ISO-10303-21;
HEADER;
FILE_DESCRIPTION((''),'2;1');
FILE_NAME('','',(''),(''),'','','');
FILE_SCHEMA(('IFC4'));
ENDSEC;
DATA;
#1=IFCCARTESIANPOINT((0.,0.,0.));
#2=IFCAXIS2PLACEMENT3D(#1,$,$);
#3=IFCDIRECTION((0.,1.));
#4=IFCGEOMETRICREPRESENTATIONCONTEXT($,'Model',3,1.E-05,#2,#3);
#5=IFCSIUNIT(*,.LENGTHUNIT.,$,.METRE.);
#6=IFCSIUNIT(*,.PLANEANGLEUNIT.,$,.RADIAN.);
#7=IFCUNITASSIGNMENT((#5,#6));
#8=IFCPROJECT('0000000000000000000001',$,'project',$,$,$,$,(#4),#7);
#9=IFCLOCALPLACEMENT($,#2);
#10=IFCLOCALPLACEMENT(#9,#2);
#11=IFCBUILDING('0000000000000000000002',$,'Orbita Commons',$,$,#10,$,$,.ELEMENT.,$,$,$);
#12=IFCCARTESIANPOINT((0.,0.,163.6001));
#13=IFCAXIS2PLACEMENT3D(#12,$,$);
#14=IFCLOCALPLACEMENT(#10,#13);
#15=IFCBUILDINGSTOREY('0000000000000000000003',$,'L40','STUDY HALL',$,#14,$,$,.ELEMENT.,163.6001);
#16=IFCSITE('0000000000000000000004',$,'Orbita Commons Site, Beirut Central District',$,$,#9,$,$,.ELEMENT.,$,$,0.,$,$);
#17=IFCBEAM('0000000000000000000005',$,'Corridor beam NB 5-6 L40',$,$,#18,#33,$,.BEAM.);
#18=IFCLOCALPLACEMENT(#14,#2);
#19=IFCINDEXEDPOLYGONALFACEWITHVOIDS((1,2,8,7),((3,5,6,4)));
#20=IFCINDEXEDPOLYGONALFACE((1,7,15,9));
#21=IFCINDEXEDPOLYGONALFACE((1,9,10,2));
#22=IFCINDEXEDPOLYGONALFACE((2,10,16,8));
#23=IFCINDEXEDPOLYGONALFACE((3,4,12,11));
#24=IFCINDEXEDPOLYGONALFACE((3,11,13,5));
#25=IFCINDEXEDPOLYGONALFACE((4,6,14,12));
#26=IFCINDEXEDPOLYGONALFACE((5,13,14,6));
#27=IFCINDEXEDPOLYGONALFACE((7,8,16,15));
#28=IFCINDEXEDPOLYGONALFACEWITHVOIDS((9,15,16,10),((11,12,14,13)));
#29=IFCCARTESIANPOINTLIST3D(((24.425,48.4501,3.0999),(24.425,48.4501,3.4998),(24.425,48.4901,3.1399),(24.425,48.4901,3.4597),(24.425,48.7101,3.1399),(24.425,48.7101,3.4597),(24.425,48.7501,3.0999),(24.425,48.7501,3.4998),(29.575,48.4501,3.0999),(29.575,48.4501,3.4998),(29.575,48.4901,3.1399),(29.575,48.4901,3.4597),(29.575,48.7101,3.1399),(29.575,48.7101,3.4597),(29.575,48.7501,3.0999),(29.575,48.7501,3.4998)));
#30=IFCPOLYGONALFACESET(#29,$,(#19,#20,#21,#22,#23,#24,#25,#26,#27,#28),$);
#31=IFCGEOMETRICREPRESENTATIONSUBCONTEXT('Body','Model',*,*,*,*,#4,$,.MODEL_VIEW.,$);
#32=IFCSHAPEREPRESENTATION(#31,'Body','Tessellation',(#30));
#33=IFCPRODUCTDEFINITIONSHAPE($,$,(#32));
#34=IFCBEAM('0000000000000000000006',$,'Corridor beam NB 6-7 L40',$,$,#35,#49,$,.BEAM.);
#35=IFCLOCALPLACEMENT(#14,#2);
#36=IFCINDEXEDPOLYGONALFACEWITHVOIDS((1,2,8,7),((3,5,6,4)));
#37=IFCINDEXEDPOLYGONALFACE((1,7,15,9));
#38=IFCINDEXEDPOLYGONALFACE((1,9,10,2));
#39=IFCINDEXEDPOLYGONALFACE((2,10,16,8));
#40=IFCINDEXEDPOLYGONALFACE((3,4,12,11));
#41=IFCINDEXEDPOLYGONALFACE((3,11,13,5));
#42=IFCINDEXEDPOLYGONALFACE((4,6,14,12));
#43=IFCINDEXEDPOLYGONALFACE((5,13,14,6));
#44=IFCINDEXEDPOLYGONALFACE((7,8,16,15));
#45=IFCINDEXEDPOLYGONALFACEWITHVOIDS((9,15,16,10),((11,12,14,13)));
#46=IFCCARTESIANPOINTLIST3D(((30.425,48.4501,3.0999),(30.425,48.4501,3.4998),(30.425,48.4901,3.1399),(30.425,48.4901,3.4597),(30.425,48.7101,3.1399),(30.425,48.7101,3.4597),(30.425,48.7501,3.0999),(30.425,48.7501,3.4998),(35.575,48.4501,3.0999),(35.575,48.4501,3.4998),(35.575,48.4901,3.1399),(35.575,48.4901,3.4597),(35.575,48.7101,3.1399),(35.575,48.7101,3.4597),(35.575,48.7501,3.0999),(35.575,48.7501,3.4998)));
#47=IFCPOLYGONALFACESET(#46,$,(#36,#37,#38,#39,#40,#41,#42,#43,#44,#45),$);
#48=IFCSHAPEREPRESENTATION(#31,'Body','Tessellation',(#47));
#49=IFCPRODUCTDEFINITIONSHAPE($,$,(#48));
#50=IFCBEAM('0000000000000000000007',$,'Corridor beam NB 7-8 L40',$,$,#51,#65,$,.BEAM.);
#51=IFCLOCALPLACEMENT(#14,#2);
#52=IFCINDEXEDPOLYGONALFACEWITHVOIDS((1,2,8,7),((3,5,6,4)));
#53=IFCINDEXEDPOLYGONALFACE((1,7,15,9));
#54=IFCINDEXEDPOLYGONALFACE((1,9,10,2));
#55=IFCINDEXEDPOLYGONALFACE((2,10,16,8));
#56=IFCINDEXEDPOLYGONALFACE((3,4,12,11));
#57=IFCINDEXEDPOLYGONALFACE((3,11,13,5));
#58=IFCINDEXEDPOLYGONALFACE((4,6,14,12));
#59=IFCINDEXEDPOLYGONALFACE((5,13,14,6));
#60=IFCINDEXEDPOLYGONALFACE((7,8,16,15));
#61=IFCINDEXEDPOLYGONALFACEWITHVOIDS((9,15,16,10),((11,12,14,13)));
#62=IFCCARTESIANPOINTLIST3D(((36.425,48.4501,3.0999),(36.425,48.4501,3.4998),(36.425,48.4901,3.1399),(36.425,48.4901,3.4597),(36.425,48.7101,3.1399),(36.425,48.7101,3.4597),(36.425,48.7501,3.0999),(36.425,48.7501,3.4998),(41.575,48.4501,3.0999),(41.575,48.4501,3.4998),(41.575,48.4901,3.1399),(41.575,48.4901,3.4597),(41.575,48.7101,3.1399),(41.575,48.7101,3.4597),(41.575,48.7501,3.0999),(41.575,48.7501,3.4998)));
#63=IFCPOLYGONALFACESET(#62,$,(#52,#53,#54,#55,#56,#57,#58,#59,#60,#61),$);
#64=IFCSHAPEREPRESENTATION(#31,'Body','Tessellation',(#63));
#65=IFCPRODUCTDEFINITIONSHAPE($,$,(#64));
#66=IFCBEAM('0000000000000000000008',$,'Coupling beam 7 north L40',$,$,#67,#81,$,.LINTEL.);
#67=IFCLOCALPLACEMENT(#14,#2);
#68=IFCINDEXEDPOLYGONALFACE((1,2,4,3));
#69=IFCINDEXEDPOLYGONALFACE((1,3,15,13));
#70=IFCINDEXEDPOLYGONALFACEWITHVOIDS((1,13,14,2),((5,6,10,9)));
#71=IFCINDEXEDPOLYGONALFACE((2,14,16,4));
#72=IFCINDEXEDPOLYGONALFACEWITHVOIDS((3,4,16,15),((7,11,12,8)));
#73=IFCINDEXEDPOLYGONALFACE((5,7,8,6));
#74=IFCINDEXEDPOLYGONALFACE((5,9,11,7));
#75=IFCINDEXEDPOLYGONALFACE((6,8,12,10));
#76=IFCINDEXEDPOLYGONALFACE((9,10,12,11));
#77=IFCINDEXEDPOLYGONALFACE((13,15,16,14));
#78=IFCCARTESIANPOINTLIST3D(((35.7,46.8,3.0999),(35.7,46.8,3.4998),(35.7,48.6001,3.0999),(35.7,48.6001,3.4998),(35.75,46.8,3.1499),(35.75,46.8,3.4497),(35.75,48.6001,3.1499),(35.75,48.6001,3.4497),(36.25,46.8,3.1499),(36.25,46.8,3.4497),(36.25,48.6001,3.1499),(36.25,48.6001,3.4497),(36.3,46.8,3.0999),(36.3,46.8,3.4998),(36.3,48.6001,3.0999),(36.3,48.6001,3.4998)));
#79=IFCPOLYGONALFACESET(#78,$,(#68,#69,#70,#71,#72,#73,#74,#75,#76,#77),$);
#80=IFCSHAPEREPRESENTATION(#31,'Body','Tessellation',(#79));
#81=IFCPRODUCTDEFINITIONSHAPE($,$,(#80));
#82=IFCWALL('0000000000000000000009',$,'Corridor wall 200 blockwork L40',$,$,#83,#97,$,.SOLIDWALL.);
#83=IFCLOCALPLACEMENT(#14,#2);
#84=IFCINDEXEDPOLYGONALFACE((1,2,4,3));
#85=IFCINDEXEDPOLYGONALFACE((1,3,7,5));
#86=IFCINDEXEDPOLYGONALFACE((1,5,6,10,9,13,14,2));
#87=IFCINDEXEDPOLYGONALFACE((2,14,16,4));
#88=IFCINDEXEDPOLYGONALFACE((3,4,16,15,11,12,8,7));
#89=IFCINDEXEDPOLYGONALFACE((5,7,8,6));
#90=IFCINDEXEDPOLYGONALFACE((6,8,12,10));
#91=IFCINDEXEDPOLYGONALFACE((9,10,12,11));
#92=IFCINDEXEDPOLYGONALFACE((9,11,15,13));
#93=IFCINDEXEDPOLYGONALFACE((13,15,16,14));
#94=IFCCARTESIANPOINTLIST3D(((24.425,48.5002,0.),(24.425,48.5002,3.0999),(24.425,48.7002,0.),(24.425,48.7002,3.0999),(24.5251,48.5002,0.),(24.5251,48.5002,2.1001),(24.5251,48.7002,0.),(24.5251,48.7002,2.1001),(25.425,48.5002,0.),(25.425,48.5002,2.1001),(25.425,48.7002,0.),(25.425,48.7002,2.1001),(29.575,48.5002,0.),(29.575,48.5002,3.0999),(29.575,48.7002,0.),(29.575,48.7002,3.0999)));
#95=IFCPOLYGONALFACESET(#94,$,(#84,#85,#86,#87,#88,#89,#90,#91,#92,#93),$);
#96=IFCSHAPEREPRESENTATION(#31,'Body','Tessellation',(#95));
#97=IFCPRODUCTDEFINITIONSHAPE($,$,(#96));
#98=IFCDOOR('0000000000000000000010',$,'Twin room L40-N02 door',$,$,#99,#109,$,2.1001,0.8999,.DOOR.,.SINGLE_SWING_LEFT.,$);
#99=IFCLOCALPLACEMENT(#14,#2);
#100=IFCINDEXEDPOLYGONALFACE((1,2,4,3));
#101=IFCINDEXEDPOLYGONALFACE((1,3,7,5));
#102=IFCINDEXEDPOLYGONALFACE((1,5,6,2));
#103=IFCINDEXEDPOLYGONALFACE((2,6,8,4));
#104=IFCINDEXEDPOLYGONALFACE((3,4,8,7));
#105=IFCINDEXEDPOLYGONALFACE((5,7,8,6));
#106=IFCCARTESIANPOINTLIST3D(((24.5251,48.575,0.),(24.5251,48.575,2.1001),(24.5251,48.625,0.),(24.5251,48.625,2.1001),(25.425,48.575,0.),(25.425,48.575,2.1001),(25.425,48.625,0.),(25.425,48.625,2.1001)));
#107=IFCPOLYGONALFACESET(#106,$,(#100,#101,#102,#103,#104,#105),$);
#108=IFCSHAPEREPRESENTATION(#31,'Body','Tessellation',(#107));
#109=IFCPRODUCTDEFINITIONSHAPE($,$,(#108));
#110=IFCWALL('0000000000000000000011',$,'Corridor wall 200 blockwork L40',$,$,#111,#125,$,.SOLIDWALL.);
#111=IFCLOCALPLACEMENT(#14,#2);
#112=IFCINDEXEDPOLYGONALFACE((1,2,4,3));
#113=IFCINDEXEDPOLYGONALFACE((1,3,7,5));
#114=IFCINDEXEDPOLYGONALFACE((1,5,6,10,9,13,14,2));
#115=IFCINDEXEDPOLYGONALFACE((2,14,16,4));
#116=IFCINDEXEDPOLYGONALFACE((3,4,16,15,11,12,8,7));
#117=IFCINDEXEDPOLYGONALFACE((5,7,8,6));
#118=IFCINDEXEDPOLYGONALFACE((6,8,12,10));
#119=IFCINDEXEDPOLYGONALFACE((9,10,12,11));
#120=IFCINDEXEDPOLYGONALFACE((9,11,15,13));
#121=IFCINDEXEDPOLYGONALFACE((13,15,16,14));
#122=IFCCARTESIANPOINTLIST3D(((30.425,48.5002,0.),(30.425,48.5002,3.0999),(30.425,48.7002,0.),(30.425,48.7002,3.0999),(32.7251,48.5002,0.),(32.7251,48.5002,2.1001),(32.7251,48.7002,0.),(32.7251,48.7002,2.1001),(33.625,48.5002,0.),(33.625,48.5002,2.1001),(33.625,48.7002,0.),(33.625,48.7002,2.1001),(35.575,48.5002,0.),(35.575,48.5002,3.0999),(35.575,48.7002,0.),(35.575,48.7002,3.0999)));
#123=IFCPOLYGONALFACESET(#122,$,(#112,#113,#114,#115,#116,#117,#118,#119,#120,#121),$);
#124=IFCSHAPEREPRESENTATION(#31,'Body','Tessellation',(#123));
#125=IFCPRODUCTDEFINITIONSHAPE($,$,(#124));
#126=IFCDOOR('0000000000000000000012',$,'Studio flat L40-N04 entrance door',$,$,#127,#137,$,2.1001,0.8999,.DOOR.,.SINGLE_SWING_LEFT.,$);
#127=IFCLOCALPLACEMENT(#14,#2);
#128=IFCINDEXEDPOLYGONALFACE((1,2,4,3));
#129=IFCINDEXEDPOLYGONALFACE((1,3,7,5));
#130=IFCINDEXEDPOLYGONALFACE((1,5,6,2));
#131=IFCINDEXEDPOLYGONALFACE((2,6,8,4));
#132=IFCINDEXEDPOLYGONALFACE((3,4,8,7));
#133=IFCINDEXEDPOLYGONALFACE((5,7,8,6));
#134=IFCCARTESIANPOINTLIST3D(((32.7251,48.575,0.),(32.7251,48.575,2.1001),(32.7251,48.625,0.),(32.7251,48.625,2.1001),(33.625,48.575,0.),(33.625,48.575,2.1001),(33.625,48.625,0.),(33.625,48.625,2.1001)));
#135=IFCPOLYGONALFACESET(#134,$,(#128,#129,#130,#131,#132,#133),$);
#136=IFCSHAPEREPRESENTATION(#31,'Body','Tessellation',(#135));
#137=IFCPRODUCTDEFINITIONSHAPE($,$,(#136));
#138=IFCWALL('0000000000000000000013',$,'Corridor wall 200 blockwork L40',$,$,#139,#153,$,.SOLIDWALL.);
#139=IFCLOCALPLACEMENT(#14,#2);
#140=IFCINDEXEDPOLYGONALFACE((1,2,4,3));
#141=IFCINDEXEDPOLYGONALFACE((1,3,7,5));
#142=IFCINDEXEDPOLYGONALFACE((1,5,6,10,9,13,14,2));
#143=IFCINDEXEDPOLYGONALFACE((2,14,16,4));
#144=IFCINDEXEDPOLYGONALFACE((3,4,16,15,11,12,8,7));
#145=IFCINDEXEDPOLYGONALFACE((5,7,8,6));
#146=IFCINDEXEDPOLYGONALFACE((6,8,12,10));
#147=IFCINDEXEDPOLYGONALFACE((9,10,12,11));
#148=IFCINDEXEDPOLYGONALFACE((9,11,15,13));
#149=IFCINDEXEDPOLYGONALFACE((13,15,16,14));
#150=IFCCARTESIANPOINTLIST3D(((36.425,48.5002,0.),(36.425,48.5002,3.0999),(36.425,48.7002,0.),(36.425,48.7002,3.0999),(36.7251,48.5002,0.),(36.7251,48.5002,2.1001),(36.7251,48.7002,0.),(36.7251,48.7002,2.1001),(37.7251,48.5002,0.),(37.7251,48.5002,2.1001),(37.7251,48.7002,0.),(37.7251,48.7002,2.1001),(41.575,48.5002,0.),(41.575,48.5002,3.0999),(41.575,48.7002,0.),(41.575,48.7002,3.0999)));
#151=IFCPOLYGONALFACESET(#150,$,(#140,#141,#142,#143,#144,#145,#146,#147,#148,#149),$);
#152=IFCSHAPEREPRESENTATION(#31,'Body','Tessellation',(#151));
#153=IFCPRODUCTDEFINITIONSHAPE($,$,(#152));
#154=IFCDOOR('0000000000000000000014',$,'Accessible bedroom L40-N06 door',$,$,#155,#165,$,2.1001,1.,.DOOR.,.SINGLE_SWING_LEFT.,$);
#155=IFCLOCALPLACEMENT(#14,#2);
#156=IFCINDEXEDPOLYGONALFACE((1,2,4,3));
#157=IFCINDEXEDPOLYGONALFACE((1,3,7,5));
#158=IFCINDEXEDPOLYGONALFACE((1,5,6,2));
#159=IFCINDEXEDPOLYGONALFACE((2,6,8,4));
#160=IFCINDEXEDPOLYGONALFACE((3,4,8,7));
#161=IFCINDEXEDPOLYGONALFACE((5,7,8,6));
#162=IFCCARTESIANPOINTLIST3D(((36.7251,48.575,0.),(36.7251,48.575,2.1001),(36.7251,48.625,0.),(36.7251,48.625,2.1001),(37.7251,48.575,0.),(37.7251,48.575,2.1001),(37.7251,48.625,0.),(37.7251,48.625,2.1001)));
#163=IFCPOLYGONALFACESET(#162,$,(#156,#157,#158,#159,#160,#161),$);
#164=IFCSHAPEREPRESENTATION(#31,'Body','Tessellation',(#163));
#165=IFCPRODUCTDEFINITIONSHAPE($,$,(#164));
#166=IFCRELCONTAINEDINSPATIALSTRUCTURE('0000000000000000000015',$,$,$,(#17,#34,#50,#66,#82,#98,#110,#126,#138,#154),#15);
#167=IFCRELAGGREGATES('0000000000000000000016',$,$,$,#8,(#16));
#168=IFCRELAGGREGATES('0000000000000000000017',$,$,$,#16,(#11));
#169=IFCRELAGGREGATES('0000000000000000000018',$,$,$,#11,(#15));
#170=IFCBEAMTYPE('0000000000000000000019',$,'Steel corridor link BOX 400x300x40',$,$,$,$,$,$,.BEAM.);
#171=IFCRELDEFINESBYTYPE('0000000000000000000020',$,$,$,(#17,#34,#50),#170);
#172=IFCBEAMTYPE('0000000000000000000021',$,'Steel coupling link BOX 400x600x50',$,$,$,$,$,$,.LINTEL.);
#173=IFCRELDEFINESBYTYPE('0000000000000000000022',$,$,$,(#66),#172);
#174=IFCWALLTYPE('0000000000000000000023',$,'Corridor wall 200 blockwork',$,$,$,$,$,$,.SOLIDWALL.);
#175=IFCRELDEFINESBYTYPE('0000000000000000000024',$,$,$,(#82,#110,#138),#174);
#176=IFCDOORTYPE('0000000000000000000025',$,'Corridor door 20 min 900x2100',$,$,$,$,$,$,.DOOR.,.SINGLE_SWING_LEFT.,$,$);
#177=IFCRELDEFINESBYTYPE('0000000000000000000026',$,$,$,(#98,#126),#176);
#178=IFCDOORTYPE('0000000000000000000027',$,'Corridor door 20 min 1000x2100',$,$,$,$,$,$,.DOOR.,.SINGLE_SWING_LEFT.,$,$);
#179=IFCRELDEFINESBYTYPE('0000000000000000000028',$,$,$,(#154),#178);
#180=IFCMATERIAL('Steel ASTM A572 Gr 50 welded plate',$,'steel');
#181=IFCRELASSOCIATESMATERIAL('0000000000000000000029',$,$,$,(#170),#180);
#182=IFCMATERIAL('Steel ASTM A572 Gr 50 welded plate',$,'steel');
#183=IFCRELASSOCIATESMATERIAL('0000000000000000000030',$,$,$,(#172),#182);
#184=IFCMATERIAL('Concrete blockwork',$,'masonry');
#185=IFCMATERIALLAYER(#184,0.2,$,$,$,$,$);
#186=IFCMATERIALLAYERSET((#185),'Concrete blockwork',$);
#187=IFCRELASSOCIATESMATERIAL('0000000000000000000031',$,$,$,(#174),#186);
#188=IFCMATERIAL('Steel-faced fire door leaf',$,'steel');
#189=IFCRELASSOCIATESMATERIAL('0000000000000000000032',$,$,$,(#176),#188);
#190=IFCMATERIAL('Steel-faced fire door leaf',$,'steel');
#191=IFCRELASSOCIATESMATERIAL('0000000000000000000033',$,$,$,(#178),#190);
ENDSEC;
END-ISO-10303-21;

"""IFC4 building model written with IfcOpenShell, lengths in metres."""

from ifc_helpers import new_model, si_unit, direction, frame, frame_2d, origin, origin_2d, place, context, subcontext, project, spatial, polyline, rectangle, hollow_rectangle, outline, extrude, material, layer, layer_set, material_profile, profile_set, type_object, element, fill, save


model = new_model("IFC4")

# Units and contexts
model_context = context("Model", 3, precision=1e-05, world=origin(), true_north=direction((0.0, 1.0)))
body_context = subcontext(model_context, "Body", "Model", "MODEL_VIEW")
ifc_project = project(units=[si_unit("LENGTHUNIT", "METRE"), si_unit("PLANEANGLEUNIT", "RADIAN")], contexts=[model_context])

# Site, building, storey
site_placement = place(None, origin())
site = spatial("IfcSite", under=ifc_project, at=site_placement, Name="Orbita Commons Site, Beirut Central District", CompositionType="ELEMENT", RefElevation=0.0)
building_placement = place(site_placement, origin())
building = spatial("IfcBuilding", under=site, at=building_placement, Name="Orbita Commons", CompositionType="ELEMENT")
storey_placement = place(building_placement, frame((0.0, 0.0, 163.6001)))
storey = spatial("IfcBuildingStorey", under=building, at=storey_placement, Name="L40", Description="STUDY HALL", CompositionType="ELEMENT", Elevation=163.6001)

# Beams
ifc_material_1 = material(Name="Steel ASTM A572 Gr 50 welded plate", Category="steel")
ifc_material_profile_1 = material_profile(ifc_material_1, hollow_rectangle(XDim=0.3, YDim=0.3999, WallThickness=0.04, at=origin_2d()), Name="BOX 400x300x40")
ifc_profile_set_1 = profile_set([ifc_material_profile_1], Name="Steel ASTM A572 Gr 50 welded plate")
beam_type_1 = type_object("IfcBeamType", Name="Steel corridor link BOX 400x300x40", PredefinedType="BEAM", material=ifc_profile_set_1)
for number, where, z_axis, x_axis, name in (
    (1, (24.425, 48.6001, 3.2998), (1.0, 0.0, 0.0), (0.0, 1.0, 0.0), "Corridor beam NB 5-6 L40"),
    (2, (30.425, 48.6001, 3.2998), (1.0, 0.0, 0.0), (0.0, 1.0, 0.0), "Corridor beam NB 6-7 L40"),
    (3, (36.425, 48.6001, 3.2998), (1.0, 0.0, 0.0), (0.0, 1.0, 0.0), "Corridor beam NB 7-8 L40"),
):
    element("IfcBeam", number, at=place(storey_placement, frame(where, z_axis=z_axis, x_axis=x_axis)), inside=storey, type_object=beam_type_1, Name=name, PredefinedType="BEAM", context=body_context, shape_type="SweptSolid", body=[
        extrude(hollow_rectangle(XDim=0.3, YDim=0.3999, WallThickness=0.04, at=origin_2d()), origin(), (0.0, 0.0, 1.0), 5.1499),
    ])
ifc_material_2 = material(Name="Steel ASTM A572 Gr 50 welded plate", Category="steel")
ifc_material_profile_2 = material_profile(ifc_material_2, hollow_rectangle(XDim=0.6001, YDim=0.3999, WallThickness=0.05, at=origin_2d()), Name="BOX 400x600x50")
ifc_profile_set_2 = profile_set([ifc_material_profile_2], Name="Steel ASTM A572 Gr 50 welded plate")
beam_type_2 = type_object("IfcBeamType", Name="Steel coupling link BOX 400x600x50", PredefinedType="LINTEL", material=ifc_profile_set_2)
beam_placement = place(storey_placement, frame((36.0, 46.8, 3.2998), z_axis=(0.0, 1.0, 0.0), x_axis=(-1.0, 0.0, 0.0)))
element("IfcBeam", 4, at=beam_placement, inside=storey, type_object=beam_type_2, Name="Coupling beam 7 north L40", PredefinedType="LINTEL", context=body_context, shape_type="SweptSolid", body=[
    extrude(hollow_rectangle(XDim=0.6001, YDim=0.3999, WallThickness=0.05, at=origin_2d()), origin(), (0.0, 0.0, 1.0), 1.8),
])

# Walls, openings, doors
ifc_material_3 = material(Name="Concrete blockwork", Category="masonry")
ifc_layer_1 = layer(ifc_material_3, 0.2)
ifc_layer_set_1 = layer_set([ifc_layer_1], Name="Concrete blockwork")
wall_type_1 = type_object("IfcWallType", Name="Corridor wall 200 blockwork", PredefinedType="SOLIDWALL", material=ifc_layer_set_1)
wall_1_placement = place(storey_placement, frame((24.425, 48.6001, 0.0), z_axis=(0.0, 0.0, 1.0), x_axis=(1.0, 0.0, 0.0)))
wall_1 = element("IfcWall", 5, at=wall_1_placement, inside=storey, type_object=wall_type_1, Name="Corridor wall 200 blockwork L40", PredefinedType="SOLIDWALL", context=body_context, shape_type="SweptSolid", body=[
    extrude(outline(polyline([(0.0, 0.0), (5.1499, 0.0), (5.1499, 3.0999), (0.0, 3.0999), (0.0, 0.0)])), frame((0.0, 0.1001, 0.0), z_axis=(0.0, -1.0, 0.0), x_axis=(1.0, 0.0, 0.0)), (0.0, 0.0, 1.0), 0.2),
])
opening_1_placement = place(wall_1_placement, frame((0.1001, 0.0, 0.0)))
opening_1 = element("IfcOpeningElement", 6, at=opening_1_placement, cuts=wall_1, PredefinedType="OPENING", context=body_context, shape_type="SweptSolid", body=[
    extrude(rectangle(XDim=0.8999, YDim=2.1001, at=frame_2d((0.45, 1.05))), frame((0.0, 0.1099, 0.0), z_axis=(0.0, -1.0, 0.0), x_axis=(1.0, 0.0, 0.0)), (0.0, 0.0, 1.0), 0.22),
])
ifc_material_4 = material(Name="Steel-faced fire door leaf", Category="steel")
door_type_1 = type_object("IfcDoorType", Name="Corridor door 20 min 900x2100", OperationType="SINGLE_SWING_LEFT", PredefinedType="DOOR", material=ifc_material_4)
door_1_placement = place(opening_1_placement, origin())
door_1 = element("IfcDoor", 7, at=door_1_placement, inside=storey, type_object=door_type_1, Name="Twin room L40-N02 door", OperationType="SINGLE_SWING_LEFT", OverallHeight=2.1001, OverallWidth=0.8999, PredefinedType="DOOR", context=body_context, shape_type="SweptSolid", body=[
    extrude(rectangle(XDim=0.8999, YDim=2.1001, at=frame_2d((0.45, 1.05))), frame((0.0, 0.0249, 0.0), z_axis=(0.0, -1.0, 0.0), x_axis=(1.0, 0.0, 0.0)), (0.0, 0.0, 1.0), 0.05),
])
fill(opening_1, door_1)
wall_2_placement = place(storey_placement, frame((30.425, 48.6001, 0.0), z_axis=(0.0, 0.0, 1.0), x_axis=(1.0, 0.0, 0.0)))
wall_2 = element("IfcWall", 8, at=wall_2_placement, inside=storey, type_object=wall_type_1, Name="Corridor wall 200 blockwork L40", PredefinedType="SOLIDWALL", context=body_context, shape_type="SweptSolid", body=[
    extrude(outline(polyline([(0.0, 0.0), (5.1499, 0.0), (5.1499, 3.0999), (0.0, 3.0999), (0.0, 0.0)])), frame((0.0, 0.1001, 0.0), z_axis=(0.0, -1.0, 0.0), x_axis=(1.0, 0.0, 0.0)), (0.0, 0.0, 1.0), 0.2),
])
opening_2_placement = place(wall_2_placement, frame((2.3, 0.0, 0.0)))
opening_2 = element("IfcOpeningElement", 9, at=opening_2_placement, cuts=wall_2, PredefinedType="OPENING", context=body_context, shape_type="SweptSolid", body=[
    extrude(rectangle(XDim=0.8999, YDim=2.1001, at=frame_2d((0.45, 1.05))), frame((0.0, 0.1099, 0.0), z_axis=(0.0, -1.0, 0.0), x_axis=(1.0, 0.0, 0.0)), (0.0, 0.0, 1.0), 0.22),
])
door_2_placement = place(opening_2_placement, origin())
door_2 = element("IfcDoor", 10, at=door_2_placement, inside=storey, type_object=door_type_1, Name="Studio flat L40-N04 entrance door", OperationType="SINGLE_SWING_LEFT", OverallHeight=2.1001, OverallWidth=0.8999, PredefinedType="DOOR", context=body_context, shape_type="SweptSolid", body=[
    extrude(rectangle(XDim=0.8999, YDim=2.1001, at=frame_2d((0.45, 1.05))), frame((0.0, 0.0249, 0.0), z_axis=(0.0, -1.0, 0.0), x_axis=(1.0, 0.0, 0.0)), (0.0, 0.0, 1.0), 0.05),
])
fill(opening_2, door_2)
wall_3_placement = place(storey_placement, frame((36.425, 48.6001, 0.0), z_axis=(0.0, 0.0, 1.0), x_axis=(1.0, 0.0, 0.0)))
wall_3 = element("IfcWall", 11, at=wall_3_placement, inside=storey, type_object=wall_type_1, Name="Corridor wall 200 blockwork L40", PredefinedType="SOLIDWALL", context=body_context, shape_type="SweptSolid", body=[
    extrude(outline(polyline([(0.0, 0.0), (5.1499, 0.0), (5.1499, 3.0999), (0.0, 3.0999), (0.0, 0.0)])), frame((0.0, 0.1001, 0.0), z_axis=(0.0, -1.0, 0.0), x_axis=(1.0, 0.0, 0.0)), (0.0, 0.0, 1.0), 0.2),
])
opening_3_placement = place(wall_3_placement, frame((0.3, 0.0, 0.0)))
opening_3 = element("IfcOpeningElement", 12, at=opening_3_placement, cuts=wall_3, PredefinedType="OPENING", context=body_context, shape_type="SweptSolid", body=[
    extrude(rectangle(XDim=1.0, YDim=2.1001, at=frame_2d((0.5, 1.05))), frame((0.0, 0.1099, 0.0), z_axis=(0.0, -1.0, 0.0), x_axis=(1.0, 0.0, 0.0)), (0.0, 0.0, 1.0), 0.22),
])
ifc_material_5 = material(Name="Steel-faced fire door leaf", Category="steel")
door_type_2 = type_object("IfcDoorType", Name="Corridor door 20 min 1000x2100", OperationType="SINGLE_SWING_LEFT", PredefinedType="DOOR", material=ifc_material_5)
door_3_placement = place(opening_3_placement, origin())
door_3 = element("IfcDoor", 13, at=door_3_placement, inside=storey, type_object=door_type_2, Name="Accessible bedroom L40-N06 door", OperationType="SINGLE_SWING_LEFT", OverallHeight=2.1001, OverallWidth=1.0, PredefinedType="DOOR", context=body_context, shape_type="SweptSolid", body=[
    extrude(rectangle(XDim=1.0, YDim=2.1001, at=frame_2d((0.5, 1.05))), frame((0.0, 0.0249, 0.0), z_axis=(0.0, -1.0, 0.0), x_axis=(1.0, 0.0, 0.0)), (0.0, 0.0, 1.0), 0.05),
])
fill(opening_3, door_3)

save(model, "model.ifc")
